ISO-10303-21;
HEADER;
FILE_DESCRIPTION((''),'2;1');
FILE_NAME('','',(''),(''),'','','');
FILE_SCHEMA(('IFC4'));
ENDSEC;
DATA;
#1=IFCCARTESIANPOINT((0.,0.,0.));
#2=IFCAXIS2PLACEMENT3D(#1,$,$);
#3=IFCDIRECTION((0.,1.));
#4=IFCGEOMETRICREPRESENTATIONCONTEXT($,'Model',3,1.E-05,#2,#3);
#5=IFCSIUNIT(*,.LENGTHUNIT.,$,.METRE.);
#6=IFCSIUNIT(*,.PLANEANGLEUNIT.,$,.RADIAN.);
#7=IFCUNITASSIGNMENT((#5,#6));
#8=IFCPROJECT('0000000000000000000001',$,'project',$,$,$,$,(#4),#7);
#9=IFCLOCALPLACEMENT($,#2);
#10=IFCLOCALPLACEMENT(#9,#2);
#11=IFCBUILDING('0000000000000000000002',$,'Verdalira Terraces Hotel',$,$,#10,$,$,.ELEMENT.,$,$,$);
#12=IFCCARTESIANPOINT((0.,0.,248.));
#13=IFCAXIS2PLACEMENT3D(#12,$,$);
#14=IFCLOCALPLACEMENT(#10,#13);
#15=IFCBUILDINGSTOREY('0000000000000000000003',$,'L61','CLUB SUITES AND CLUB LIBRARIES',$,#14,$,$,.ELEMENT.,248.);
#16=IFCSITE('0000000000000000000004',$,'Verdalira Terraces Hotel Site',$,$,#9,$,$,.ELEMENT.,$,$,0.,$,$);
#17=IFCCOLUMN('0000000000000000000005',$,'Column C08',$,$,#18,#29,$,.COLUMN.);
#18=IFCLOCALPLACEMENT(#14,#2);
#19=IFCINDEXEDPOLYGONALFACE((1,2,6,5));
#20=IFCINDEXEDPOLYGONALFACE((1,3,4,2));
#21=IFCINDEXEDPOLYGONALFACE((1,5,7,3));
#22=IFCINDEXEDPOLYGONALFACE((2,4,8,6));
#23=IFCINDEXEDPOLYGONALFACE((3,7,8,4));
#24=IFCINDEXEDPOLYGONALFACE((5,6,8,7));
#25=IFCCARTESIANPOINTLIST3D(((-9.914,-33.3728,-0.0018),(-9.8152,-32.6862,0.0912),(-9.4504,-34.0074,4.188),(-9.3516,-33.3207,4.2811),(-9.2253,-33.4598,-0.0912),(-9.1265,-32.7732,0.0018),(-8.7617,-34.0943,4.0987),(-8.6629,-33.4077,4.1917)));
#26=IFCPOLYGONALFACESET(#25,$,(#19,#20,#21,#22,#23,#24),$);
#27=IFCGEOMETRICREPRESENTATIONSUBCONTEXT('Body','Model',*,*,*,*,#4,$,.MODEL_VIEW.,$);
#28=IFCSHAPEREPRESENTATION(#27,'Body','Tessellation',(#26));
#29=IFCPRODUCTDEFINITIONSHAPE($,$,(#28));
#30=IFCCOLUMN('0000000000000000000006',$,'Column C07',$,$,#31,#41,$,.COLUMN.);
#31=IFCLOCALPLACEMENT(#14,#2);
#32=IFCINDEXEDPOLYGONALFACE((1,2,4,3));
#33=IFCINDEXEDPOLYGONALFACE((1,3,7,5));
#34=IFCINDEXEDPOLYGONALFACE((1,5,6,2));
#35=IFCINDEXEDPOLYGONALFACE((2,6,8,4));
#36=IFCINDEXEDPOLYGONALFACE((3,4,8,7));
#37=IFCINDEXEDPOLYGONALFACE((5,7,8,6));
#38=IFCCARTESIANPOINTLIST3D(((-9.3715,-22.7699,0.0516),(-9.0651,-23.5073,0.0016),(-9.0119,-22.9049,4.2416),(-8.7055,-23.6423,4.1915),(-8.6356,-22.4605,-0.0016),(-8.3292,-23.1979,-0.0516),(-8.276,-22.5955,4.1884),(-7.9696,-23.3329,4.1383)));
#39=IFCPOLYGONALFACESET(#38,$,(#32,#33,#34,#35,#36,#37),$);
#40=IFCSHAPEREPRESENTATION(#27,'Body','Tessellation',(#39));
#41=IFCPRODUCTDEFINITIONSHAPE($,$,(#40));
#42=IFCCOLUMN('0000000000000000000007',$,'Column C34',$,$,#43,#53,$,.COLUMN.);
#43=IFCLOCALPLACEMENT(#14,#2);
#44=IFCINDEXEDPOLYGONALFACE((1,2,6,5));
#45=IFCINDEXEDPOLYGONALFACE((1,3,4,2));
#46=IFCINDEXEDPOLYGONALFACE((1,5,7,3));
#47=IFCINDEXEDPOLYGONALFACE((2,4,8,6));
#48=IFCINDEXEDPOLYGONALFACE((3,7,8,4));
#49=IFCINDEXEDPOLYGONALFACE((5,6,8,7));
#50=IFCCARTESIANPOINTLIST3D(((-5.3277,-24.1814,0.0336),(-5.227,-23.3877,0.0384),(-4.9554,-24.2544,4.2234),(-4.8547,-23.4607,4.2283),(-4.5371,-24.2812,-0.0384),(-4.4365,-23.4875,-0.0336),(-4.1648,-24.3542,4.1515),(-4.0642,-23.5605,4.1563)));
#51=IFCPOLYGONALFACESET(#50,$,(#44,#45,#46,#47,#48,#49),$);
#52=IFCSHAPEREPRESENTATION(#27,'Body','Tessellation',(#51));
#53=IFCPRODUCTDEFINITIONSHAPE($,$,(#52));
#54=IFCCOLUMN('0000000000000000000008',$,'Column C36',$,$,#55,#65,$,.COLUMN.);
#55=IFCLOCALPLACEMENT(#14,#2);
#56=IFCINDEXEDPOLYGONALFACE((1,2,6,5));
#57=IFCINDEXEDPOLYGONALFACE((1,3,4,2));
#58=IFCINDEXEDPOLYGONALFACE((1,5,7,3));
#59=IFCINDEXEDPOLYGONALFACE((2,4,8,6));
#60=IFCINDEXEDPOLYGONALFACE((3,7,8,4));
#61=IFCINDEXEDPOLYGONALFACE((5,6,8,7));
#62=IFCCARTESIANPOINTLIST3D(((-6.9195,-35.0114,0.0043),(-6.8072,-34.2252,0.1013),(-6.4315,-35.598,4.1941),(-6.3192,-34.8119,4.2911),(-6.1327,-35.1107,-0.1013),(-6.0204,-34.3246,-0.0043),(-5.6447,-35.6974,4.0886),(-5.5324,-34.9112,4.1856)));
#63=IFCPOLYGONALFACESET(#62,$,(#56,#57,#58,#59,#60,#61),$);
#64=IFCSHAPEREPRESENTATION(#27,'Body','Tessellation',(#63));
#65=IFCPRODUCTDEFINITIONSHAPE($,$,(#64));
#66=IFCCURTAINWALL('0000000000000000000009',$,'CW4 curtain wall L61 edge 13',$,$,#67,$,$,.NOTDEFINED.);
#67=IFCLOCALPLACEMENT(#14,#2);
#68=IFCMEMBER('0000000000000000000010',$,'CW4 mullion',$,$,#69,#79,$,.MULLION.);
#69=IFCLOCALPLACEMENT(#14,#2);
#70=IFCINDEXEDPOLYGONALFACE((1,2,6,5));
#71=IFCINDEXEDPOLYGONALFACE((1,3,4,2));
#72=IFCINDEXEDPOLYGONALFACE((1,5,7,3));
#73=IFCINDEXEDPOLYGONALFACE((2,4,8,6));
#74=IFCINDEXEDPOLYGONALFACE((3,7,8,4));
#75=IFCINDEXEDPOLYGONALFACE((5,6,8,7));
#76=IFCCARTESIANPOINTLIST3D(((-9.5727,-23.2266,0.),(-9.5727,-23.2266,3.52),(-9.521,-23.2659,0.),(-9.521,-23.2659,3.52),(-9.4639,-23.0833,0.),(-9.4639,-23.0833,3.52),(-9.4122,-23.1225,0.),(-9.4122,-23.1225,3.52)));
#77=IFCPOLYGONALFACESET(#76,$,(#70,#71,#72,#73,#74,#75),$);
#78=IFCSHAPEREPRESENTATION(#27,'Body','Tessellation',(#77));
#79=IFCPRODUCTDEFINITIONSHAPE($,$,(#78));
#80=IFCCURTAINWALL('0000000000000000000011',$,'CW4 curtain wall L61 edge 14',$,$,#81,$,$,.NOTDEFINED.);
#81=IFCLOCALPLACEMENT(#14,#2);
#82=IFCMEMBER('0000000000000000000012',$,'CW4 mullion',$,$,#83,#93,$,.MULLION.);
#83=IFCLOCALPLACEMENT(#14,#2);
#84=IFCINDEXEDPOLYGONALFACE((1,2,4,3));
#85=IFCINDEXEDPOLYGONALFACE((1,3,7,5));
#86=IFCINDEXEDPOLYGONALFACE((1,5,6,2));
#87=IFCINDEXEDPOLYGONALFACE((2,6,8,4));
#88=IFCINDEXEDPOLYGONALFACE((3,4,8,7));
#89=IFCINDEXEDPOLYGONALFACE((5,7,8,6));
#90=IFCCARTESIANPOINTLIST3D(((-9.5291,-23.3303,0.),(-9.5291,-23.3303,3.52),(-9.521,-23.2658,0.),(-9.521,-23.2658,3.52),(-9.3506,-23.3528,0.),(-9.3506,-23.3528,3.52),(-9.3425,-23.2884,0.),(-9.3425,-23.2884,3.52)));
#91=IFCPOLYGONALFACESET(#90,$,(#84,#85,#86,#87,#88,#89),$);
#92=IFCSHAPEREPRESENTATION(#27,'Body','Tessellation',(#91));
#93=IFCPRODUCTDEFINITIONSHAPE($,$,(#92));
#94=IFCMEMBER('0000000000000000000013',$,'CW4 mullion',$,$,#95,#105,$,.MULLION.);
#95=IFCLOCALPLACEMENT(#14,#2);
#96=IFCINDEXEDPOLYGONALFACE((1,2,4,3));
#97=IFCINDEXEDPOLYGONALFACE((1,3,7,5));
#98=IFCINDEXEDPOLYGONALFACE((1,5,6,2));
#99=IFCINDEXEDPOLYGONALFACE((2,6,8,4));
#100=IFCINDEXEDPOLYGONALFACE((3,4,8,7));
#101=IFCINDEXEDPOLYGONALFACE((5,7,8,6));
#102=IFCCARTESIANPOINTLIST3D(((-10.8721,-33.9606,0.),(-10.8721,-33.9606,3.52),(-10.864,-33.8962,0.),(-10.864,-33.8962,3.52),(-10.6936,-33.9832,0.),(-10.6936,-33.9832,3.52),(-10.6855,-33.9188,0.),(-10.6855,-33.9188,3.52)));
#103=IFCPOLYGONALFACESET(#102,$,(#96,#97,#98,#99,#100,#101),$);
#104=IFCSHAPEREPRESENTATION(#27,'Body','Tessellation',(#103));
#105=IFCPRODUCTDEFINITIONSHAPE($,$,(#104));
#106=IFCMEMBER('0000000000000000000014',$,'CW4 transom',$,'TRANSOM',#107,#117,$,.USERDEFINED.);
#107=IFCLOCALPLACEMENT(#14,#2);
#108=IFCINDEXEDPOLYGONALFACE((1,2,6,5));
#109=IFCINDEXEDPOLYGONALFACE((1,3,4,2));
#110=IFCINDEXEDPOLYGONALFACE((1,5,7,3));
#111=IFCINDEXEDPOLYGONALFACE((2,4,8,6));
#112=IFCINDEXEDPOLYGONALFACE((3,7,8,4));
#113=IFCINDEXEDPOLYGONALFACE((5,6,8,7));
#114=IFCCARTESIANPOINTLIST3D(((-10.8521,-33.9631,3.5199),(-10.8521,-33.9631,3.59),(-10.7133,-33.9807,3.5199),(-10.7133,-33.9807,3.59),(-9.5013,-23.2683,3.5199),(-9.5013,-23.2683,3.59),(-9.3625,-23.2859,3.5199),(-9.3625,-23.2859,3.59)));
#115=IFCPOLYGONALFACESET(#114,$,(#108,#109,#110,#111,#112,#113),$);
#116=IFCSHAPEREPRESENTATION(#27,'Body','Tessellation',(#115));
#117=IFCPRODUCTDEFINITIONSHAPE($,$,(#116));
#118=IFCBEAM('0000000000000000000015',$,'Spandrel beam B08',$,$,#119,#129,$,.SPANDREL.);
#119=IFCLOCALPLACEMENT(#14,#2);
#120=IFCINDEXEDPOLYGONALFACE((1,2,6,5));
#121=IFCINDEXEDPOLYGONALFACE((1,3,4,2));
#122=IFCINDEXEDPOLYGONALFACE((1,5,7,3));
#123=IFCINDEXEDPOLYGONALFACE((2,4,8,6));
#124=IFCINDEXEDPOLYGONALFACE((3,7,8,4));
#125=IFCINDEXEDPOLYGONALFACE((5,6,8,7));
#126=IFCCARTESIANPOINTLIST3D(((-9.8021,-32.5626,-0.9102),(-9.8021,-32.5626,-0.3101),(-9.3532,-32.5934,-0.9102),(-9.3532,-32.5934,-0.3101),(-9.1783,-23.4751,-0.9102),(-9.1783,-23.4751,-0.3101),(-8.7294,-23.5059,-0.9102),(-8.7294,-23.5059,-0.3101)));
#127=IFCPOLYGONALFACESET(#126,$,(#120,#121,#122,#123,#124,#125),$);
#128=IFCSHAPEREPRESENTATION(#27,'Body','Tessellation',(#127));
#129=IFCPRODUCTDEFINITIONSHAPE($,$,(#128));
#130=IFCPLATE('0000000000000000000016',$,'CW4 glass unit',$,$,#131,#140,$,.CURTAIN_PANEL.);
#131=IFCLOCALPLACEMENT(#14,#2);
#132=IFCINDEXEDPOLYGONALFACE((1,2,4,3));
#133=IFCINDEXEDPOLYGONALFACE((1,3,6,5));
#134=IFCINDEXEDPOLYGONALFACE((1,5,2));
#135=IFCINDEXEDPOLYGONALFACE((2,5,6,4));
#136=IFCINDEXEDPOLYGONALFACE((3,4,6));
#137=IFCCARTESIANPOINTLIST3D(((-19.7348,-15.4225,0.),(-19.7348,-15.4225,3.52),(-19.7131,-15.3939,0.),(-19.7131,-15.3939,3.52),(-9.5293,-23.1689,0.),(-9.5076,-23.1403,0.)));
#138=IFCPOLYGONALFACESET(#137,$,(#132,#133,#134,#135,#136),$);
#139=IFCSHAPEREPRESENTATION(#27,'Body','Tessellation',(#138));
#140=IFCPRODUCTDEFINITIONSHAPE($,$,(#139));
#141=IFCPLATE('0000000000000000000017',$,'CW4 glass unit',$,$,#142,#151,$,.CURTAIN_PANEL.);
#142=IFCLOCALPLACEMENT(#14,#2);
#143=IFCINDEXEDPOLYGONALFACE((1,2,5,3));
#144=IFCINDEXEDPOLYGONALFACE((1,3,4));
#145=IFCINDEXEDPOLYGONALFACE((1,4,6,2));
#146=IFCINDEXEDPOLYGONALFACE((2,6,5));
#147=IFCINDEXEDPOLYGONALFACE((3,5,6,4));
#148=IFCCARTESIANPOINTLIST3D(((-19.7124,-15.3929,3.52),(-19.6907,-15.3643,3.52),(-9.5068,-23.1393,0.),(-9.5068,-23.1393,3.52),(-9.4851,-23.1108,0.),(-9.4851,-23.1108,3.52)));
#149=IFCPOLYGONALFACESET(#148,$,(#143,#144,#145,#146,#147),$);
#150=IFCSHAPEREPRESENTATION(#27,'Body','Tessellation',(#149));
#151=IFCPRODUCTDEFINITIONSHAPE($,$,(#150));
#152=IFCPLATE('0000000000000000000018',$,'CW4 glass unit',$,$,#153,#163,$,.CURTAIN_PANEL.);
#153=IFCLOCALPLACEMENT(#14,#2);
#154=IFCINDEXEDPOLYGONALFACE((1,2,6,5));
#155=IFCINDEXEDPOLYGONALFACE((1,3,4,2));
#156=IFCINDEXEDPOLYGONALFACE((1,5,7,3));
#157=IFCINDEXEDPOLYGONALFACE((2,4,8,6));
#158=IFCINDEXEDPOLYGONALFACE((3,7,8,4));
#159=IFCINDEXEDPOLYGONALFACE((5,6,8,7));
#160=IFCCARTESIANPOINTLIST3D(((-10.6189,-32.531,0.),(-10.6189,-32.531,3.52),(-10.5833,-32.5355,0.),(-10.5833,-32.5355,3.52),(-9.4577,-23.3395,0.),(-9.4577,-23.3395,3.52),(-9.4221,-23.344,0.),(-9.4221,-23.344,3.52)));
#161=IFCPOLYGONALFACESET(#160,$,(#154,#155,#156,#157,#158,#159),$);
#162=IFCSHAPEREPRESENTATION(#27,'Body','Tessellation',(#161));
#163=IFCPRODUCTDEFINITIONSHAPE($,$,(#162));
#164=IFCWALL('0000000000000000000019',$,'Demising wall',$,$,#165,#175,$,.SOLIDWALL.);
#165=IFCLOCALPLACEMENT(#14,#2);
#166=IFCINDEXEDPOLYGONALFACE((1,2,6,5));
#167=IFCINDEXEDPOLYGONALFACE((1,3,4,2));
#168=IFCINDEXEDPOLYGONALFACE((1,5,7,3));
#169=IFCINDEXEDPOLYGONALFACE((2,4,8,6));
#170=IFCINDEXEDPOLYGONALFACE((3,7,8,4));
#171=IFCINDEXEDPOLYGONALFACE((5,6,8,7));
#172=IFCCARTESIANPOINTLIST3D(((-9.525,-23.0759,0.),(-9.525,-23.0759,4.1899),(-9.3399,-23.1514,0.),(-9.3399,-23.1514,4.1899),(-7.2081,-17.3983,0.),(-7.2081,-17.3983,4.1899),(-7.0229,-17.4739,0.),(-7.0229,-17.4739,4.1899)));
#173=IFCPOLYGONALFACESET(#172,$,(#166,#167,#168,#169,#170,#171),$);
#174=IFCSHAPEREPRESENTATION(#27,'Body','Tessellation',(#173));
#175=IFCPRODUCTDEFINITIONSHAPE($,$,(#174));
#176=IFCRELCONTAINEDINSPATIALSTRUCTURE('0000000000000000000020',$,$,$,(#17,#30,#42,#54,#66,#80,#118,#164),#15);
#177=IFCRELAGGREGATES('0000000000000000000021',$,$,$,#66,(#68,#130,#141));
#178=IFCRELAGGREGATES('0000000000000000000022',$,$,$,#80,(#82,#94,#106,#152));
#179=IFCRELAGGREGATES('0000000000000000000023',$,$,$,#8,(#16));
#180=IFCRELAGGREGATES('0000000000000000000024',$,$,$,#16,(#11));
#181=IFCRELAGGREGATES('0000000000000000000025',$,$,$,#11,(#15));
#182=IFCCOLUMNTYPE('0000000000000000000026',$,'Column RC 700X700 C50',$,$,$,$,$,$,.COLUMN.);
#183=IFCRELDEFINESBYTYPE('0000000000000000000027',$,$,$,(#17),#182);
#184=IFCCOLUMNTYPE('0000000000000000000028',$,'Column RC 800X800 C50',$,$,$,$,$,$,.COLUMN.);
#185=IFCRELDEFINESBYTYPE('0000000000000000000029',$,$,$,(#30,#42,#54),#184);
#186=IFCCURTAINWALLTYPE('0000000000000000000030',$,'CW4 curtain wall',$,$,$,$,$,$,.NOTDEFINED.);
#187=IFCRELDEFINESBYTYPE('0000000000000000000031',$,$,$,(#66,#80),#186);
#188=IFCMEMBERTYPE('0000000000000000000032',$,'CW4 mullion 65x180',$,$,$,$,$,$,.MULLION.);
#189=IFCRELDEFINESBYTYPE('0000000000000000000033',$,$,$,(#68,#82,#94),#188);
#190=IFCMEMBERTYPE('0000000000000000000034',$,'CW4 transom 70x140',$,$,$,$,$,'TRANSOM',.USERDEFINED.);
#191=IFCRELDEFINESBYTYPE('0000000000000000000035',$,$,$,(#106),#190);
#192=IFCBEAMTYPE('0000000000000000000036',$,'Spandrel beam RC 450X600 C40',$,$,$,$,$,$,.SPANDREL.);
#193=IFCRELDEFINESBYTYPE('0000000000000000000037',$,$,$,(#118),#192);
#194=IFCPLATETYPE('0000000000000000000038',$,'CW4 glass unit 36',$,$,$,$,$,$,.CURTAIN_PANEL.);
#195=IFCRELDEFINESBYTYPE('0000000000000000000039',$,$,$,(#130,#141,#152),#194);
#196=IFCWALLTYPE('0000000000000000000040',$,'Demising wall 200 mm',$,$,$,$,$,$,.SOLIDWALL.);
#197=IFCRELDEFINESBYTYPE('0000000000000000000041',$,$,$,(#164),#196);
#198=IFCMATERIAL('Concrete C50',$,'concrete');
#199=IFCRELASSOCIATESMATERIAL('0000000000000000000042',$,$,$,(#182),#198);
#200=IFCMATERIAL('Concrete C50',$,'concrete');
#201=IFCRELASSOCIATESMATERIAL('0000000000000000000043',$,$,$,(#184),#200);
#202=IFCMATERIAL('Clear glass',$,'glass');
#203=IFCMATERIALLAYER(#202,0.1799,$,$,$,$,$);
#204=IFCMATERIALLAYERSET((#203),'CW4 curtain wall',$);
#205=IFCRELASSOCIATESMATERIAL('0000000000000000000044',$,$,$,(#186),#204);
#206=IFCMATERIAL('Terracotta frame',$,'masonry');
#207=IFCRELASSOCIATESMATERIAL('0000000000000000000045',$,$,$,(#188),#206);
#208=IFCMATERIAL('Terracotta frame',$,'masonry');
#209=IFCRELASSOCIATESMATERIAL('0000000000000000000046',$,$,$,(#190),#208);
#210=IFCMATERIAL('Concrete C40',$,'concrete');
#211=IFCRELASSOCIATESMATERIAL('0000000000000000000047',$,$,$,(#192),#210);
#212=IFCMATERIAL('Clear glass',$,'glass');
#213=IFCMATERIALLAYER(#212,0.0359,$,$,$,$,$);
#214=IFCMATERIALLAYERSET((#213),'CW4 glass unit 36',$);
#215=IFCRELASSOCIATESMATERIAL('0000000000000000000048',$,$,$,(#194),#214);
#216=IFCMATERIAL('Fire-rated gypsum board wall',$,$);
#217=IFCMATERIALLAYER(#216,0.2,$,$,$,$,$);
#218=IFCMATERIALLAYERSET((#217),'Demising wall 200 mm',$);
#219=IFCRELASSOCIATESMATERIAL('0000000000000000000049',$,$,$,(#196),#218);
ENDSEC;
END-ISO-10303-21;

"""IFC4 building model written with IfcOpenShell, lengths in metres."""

from ifc_helpers import new_model, si_unit, direction, frame, frame_2d, origin, origin_2d, place, context, subcontext, project, spatial, polyline, rectangle, outline, extrude, material, layer, layer_set, material_profile, profile_set, type_object, element, aggregate, save


model = new_model("IFC4")

# Units and contexts
model_context = context("Model", 3, precision=1e-05, world=origin(), true_north=direction((0.0, 1.0)))
body_context = subcontext(model_context, "Body", "Model", "MODEL_VIEW")
ifc_project = project(units=[si_unit("LENGTHUNIT", "METRE"), si_unit("PLANEANGLEUNIT", "RADIAN")], contexts=[model_context])

# Site, building, storey
site_placement = place(None, origin())
site = spatial("IfcSite", under=ifc_project, at=site_placement, Name="Verdalira Terraces Hotel Site", CompositionType="ELEMENT", RefElevation=0.0)
building_placement = place(site_placement, origin())
building = spatial("IfcBuilding", under=site, at=building_placement, Name="Verdalira Terraces Hotel", CompositionType="ELEMENT")
storey_placement = place(building_placement, frame((0.0, 0.0, 248.0)))
storey = spatial("IfcBuildingStorey", under=building, at=storey_placement, Name="L61", Description="CLUB SUITES AND CLUB LIBRARIES", CompositionType="ELEMENT", Elevation=248.0)

# Columns
ifc_material_1 = material(Name="Concrete C50", Category="concrete")
ifc_material_profile_1 = material_profile(ifc_material_1, rectangle(XDim=0.7, YDim=0.7, at=origin_2d()), Name="RC 700X700")
ifc_profile_set_1 = profile_set([ifc_material_profile_1], Name="Concrete C50")
column_type_1 = type_object("IfcColumnType", Name="Column RC 700X700 C50", PredefinedType="COLUMN", material=ifc_profile_set_1)
column_1_placement = place(storey_placement, frame((-9.5203, -33.073, 0.0), z_axis=(0.108755, -0.148844, 0.982862), x_axis=(-0.14115, -0.981021, -0.132947)))
element("IfcColumn", 1, at=column_1_placement, inside=storey, type_object=column_type_1, Name="Column C08", PredefinedType="COLUMN", context=body_context, shape_type="SweptSolid", body=[
    extrude(rectangle(XDim=0.7, YDim=0.7, at=origin_2d()), origin(), (0.0, 0.0, 1.0), 4.2629),
])
ifc_material_2 = material(Name="Concrete C50", Category="concrete")
ifc_material_profile_2 = material_profile(ifc_material_2, rectangle(XDim=0.8, YDim=0.8, at=origin_2d()), Name="RC 800X800")
ifc_profile_set_2 = profile_set([ifc_material_profile_2], Name="Concrete C50")
column_type_2 = type_object("IfcColumnType", Name="Column RC 800X800 C50", PredefinedType="COLUMN", material=ifc_profile_set_2)
column_2_placement = place(storey_placement, frame((-8.8503, -22.9839, 0.0), z_axis=(0.085471, -0.032088, 0.995824), x_axis=(-0.382955, 0.921646, 0.062566)))
element("IfcColumn", 2, at=column_2_placement, inside=storey, type_object=column_type_2, Name="Column C07", PredefinedType="COLUMN", context=body_context, shape_type="SweptSolid", body=[
    extrude(rectangle(XDim=0.8, YDim=0.8, at=origin_2d()), origin(), (0.0, 0.0, 1.0), 4.2075),
])
column_3_placement = place(storey_placement, frame((-4.8821, -23.8345, 0.0), z_axis=(0.088497, -0.017351, 0.995925), x_axis=(-0.125824, -0.992034, -0.006103)))
element("IfcColumn", 3, at=column_3_placement, inside=storey, type_object=column_type_2, Name="Column C34", PredefinedType="COLUMN", context=body_context, shape_type="SweptSolid", body=[
    extrude(rectangle(XDim=0.8, YDim=0.8, at=origin_2d()), origin(), (0.0, 0.0, 1.0), 4.207),
])
column_4_placement = place(storey_placement, frame((-6.47, -34.668, 0.0), z_axis=(0.114593, -0.137752, 0.983815), x_axis=(-0.140389, -0.982646, -0.121236)))
element("IfcColumn", 4, at=column_4_placement, inside=storey, type_object=column_type_2, Name="Column C36", PredefinedType="COLUMN", context=body_context, shape_type="SweptSolid", body=[
    extrude(rectangle(XDim=0.8, YDim=0.8, at=origin_2d()), origin(), (0.0, 0.0, 1.0), 4.2588),
])

# Curtain wall, member
ifc_material_3 = material(Name="Clear glass", Category="glass")
ifc_layer_1 = layer(ifc_material_3, 0.1799)
ifc_layer_set_1 = layer_set([ifc_layer_1], Name="CW4 curtain wall")
curtain_wall_type = type_object("IfcCurtainWallType", Name="CW4 curtain wall", PredefinedType="NOTDEFINED", material=ifc_layer_set_1)
curtain_wall_1_placement = place(storey_placement, origin())
curtain_wall_1 = element("IfcCurtainWall", 5, at=curtain_wall_1_placement, inside=storey, type_object=curtain_wall_type, Name="CW4 curtain wall L61 edge 13", PredefinedType="NOTDEFINED")
ifc_material_4 = material(Name="Terracotta frame", Category="masonry")
ifc_material_profile_3 = material_profile(ifc_material_4, rectangle(XDim=0.0649, YDim=0.1799, at=origin_2d()), Name="MU 65x180")
ifc_profile_set_3 = profile_set([ifc_material_profile_3], Name="Terracotta frame")
member_type_1 = type_object("IfcMemberType", Name="CW4 mullion 65x180", PredefinedType="MULLION", material=ifc_profile_set_3)
member_1_placement = place(storey_placement, frame((-9.4924, -23.1746, 0.0), z_axis=(0.0, 0.0, 1.0), x_axis=(0.79653, -0.604599, 0.0)))
member_1 = element("IfcMember", 6, at=member_1_placement, type_object=member_type_1, Name="CW4 mullion", PredefinedType="MULLION", context=body_context, shape_type="SweptSolid", body=[
    extrude(rectangle(XDim=0.0649, YDim=0.1799, at=origin_2d()), origin(), (0.0, 0.0, 1.0), 3.52),
])

# Curtain wall, members
curtain_wall_2_placement = place(storey_placement, origin())
curtain_wall_2 = element("IfcCurtainWall", 7, at=curtain_wall_2_placement, inside=storey, type_object=curtain_wall_type, Name="CW4 curtain wall L61 edge 14", PredefinedType="NOTDEFINED")
member_2_placement = place(storey_placement, frame((-9.4358, -23.3093, 0.0), z_axis=(0.0, 0.0, 1.0), x_axis=(-0.125333, -0.992115, 0.0)))
member_2 = element("IfcMember", 8, at=member_2_placement, type_object=member_type_1, Name="CW4 mullion", PredefinedType="MULLION", context=body_context, shape_type="SweptSolid", body=[
    extrude(rectangle(XDim=0.0649, YDim=0.1799, at=origin_2d()), origin(), (0.0, 0.0, 1.0), 3.52),
])
member_3_placement = place(storey_placement, frame((-10.7788, -33.9397, 0.0), z_axis=(0.0, 0.0, 1.0), x_axis=(-0.125333, -0.992115, 0.0)))
member_3 = element("IfcMember", 9, at=member_3_placement, type_object=member_type_1, Name="CW4 mullion", PredefinedType="MULLION", context=body_context, shape_type="SweptSolid", body=[
    extrude(rectangle(XDim=0.0649, YDim=0.1799, at=origin_2d()), origin(), (0.0, 0.0, 1.0), 3.52),
])
ifc_material_5 = material(Name="Terracotta frame", Category="masonry")
ifc_material_profile_4 = material_profile(ifc_material_5, rectangle(XDim=0.1399, YDim=0.0701, at=origin_2d()), Name="TR 70x140")
ifc_profile_set_4 = profile_set([ifc_material_profile_4], Name="Terracotta frame")
member_type_2 = type_object("IfcMemberType", Name="CW4 transom 70x140", ElementType="TRANSOM", PredefinedType="USERDEFINED", material=ifc_profile_set_4)
member_4_placement = place(storey_placement, frame((-9.4319, -23.2771, 3.5549), z_axis=(-0.125311, -0.992117, 0.0), x_axis=(0.992117, -0.125311, 0.0)))
member_4 = element("IfcMember", 10, at=member_4_placement, type_object=member_type_2, Name="CW4 transom", ObjectType="TRANSOM", PredefinedType="USERDEFINED", context=body_context, shape_type="SweptSolid", body=[
    extrude(rectangle(XDim=0.1399, YDim=0.0701, at=origin_2d()), origin(), (0.0, 0.0, 1.0), 10.7798),
])

# Beam
ifc_material_6 = material(Name="Concrete C40", Category="concrete")
ifc_material_profile_5 = material_profile(ifc_material_6, rectangle(XDim=0.45, YDim=0.6001, at=origin_2d()), Name="RC 450X600")
ifc_profile_set_5 = profile_set([ifc_material_profile_5], Name="Concrete C40")
beam_type = type_object("IfcBeamType", Name="Spandrel beam RC 450X600 C40", PredefinedType="SPANDREL", material=ifc_profile_set_5)
beam_placement = place(storey_placement, frame((-8.9539, -23.4905, -0.6101), z_axis=(-0.068481, -0.997652, 0.0), x_axis=(0.997652, -0.068481, 0.0)))
element("IfcBeam", 11, at=beam_placement, inside=storey, type_object=beam_type, Name="Spandrel beam B08", PredefinedType="SPANDREL", context=body_context, shape_type="SweptSolid", body=[
    extrude(rectangle(XDim=0.45, YDim=0.6001, at=origin_2d()), origin(), (0.0, 0.0, 1.0), 9.1089),
])

# Plates
ifc_material_7 = material(Name="Clear glass", Category="glass")
ifc_layer_2 = layer(ifc_material_7, 0.0359)
ifc_layer_set_2 = layer_set([ifc_layer_2], Name="CW4 glass unit 36")
plate_type = type_object("IfcPlateType", Name="CW4 glass unit 36", PredefinedType="CURTAIN_PANEL", material=ifc_layer_set_2)
plate_1_placement = place(storey_placement, frame((-14.6104, -19.2671, 1.76), z_axis=(-0.604599, -0.79653, 0.0), x_axis=(0.79653, -0.604599, 0.0)))
plate_1 = element("IfcPlate", 12, at=plate_1_placement, type_object=plate_type, Name="CW4 glass unit", PredefinedType="CURTAIN_PANEL", context=body_context, shape_type="SweptSolid", body=[
    extrude(outline(polyline([(-6.4062, -1.76), (6.4062, -1.76), (-6.4062, 1.76), (-6.4062, -1.76)])), origin(), (0.0, 0.0, 1.0), 0.0359),
])
plate_2_placement = place(storey_placement, frame((-14.5879, -19.2375, 1.76), z_axis=(-0.604599, -0.79653, 0.0), x_axis=(0.79653, -0.604599, 0.0)))
plate_2 = element("IfcPlate", 13, at=plate_2_placement, type_object=plate_type, Name="CW4 glass unit", PredefinedType="CURTAIN_PANEL", context=body_context, shape_type="SweptSolid", body=[
    extrude(outline(polyline([(6.4062, -1.76), (6.4062, 1.76), (-6.4062, 1.76), (6.4062, -1.76)])), origin(), (0.0, 0.0, 1.0), 0.0359),
])
aggregate(curtain_wall_1, [member_1, plate_1, plate_2])
plate_3_placement = place(storey_placement, frame((-10.0205, -27.9375, 0.0), z_axis=(0.0, 0.0, 1.0), x_axis=(-0.125333, -0.992115, 0.0)))
plate_3 = element("IfcPlate", 14, at=plate_3_placement, type_object=plate_type, Name="CW4 glass unit", PredefinedType="CURTAIN_PANEL", context=body_context, shape_type="SweptSolid", body=[
    extrude(rectangle(XDim=9.2646, YDim=0.0359, at=origin_2d()), origin(), (0.0, 0.0, 1.0), 3.52),
])
aggregate(curtain_wall_2, [member_2, member_3, member_4, plate_3])

# Wall
ifc_material_8 = material(Name="Fire-rated gypsum board wall")
ifc_layer_3 = layer(ifc_material_8, 0.2)
ifc_layer_set_3 = layer_set([ifc_layer_3], Name="Demising wall 200 mm")
wall_type_1 = type_object("IfcWallType", Name="Demising wall 200 mm", PredefinedType="SOLIDWALL", material=ifc_layer_set_3)
wall_1_placement = place(storey_placement, frame((-9.4324, -23.1135, 0.0), z_axis=(0.0, 0.0, 1.0), x_axis=(0.377834, 0.925873, 0.0)))
element("IfcWall", 15, at=wall_1_placement, inside=storey, type_object=wall_type_1, Name="Demising wall", PredefinedType="SOLIDWALL", context=body_context, shape_type="SweptSolid", body=[
    extrude(rectangle(XDim=6.1321, YDim=0.2, at=frame_2d((3.0659, 0.0))), origin(), (0.0, 0.0, 1.0), 4.1899),
])

save(model, "model.ifc")
